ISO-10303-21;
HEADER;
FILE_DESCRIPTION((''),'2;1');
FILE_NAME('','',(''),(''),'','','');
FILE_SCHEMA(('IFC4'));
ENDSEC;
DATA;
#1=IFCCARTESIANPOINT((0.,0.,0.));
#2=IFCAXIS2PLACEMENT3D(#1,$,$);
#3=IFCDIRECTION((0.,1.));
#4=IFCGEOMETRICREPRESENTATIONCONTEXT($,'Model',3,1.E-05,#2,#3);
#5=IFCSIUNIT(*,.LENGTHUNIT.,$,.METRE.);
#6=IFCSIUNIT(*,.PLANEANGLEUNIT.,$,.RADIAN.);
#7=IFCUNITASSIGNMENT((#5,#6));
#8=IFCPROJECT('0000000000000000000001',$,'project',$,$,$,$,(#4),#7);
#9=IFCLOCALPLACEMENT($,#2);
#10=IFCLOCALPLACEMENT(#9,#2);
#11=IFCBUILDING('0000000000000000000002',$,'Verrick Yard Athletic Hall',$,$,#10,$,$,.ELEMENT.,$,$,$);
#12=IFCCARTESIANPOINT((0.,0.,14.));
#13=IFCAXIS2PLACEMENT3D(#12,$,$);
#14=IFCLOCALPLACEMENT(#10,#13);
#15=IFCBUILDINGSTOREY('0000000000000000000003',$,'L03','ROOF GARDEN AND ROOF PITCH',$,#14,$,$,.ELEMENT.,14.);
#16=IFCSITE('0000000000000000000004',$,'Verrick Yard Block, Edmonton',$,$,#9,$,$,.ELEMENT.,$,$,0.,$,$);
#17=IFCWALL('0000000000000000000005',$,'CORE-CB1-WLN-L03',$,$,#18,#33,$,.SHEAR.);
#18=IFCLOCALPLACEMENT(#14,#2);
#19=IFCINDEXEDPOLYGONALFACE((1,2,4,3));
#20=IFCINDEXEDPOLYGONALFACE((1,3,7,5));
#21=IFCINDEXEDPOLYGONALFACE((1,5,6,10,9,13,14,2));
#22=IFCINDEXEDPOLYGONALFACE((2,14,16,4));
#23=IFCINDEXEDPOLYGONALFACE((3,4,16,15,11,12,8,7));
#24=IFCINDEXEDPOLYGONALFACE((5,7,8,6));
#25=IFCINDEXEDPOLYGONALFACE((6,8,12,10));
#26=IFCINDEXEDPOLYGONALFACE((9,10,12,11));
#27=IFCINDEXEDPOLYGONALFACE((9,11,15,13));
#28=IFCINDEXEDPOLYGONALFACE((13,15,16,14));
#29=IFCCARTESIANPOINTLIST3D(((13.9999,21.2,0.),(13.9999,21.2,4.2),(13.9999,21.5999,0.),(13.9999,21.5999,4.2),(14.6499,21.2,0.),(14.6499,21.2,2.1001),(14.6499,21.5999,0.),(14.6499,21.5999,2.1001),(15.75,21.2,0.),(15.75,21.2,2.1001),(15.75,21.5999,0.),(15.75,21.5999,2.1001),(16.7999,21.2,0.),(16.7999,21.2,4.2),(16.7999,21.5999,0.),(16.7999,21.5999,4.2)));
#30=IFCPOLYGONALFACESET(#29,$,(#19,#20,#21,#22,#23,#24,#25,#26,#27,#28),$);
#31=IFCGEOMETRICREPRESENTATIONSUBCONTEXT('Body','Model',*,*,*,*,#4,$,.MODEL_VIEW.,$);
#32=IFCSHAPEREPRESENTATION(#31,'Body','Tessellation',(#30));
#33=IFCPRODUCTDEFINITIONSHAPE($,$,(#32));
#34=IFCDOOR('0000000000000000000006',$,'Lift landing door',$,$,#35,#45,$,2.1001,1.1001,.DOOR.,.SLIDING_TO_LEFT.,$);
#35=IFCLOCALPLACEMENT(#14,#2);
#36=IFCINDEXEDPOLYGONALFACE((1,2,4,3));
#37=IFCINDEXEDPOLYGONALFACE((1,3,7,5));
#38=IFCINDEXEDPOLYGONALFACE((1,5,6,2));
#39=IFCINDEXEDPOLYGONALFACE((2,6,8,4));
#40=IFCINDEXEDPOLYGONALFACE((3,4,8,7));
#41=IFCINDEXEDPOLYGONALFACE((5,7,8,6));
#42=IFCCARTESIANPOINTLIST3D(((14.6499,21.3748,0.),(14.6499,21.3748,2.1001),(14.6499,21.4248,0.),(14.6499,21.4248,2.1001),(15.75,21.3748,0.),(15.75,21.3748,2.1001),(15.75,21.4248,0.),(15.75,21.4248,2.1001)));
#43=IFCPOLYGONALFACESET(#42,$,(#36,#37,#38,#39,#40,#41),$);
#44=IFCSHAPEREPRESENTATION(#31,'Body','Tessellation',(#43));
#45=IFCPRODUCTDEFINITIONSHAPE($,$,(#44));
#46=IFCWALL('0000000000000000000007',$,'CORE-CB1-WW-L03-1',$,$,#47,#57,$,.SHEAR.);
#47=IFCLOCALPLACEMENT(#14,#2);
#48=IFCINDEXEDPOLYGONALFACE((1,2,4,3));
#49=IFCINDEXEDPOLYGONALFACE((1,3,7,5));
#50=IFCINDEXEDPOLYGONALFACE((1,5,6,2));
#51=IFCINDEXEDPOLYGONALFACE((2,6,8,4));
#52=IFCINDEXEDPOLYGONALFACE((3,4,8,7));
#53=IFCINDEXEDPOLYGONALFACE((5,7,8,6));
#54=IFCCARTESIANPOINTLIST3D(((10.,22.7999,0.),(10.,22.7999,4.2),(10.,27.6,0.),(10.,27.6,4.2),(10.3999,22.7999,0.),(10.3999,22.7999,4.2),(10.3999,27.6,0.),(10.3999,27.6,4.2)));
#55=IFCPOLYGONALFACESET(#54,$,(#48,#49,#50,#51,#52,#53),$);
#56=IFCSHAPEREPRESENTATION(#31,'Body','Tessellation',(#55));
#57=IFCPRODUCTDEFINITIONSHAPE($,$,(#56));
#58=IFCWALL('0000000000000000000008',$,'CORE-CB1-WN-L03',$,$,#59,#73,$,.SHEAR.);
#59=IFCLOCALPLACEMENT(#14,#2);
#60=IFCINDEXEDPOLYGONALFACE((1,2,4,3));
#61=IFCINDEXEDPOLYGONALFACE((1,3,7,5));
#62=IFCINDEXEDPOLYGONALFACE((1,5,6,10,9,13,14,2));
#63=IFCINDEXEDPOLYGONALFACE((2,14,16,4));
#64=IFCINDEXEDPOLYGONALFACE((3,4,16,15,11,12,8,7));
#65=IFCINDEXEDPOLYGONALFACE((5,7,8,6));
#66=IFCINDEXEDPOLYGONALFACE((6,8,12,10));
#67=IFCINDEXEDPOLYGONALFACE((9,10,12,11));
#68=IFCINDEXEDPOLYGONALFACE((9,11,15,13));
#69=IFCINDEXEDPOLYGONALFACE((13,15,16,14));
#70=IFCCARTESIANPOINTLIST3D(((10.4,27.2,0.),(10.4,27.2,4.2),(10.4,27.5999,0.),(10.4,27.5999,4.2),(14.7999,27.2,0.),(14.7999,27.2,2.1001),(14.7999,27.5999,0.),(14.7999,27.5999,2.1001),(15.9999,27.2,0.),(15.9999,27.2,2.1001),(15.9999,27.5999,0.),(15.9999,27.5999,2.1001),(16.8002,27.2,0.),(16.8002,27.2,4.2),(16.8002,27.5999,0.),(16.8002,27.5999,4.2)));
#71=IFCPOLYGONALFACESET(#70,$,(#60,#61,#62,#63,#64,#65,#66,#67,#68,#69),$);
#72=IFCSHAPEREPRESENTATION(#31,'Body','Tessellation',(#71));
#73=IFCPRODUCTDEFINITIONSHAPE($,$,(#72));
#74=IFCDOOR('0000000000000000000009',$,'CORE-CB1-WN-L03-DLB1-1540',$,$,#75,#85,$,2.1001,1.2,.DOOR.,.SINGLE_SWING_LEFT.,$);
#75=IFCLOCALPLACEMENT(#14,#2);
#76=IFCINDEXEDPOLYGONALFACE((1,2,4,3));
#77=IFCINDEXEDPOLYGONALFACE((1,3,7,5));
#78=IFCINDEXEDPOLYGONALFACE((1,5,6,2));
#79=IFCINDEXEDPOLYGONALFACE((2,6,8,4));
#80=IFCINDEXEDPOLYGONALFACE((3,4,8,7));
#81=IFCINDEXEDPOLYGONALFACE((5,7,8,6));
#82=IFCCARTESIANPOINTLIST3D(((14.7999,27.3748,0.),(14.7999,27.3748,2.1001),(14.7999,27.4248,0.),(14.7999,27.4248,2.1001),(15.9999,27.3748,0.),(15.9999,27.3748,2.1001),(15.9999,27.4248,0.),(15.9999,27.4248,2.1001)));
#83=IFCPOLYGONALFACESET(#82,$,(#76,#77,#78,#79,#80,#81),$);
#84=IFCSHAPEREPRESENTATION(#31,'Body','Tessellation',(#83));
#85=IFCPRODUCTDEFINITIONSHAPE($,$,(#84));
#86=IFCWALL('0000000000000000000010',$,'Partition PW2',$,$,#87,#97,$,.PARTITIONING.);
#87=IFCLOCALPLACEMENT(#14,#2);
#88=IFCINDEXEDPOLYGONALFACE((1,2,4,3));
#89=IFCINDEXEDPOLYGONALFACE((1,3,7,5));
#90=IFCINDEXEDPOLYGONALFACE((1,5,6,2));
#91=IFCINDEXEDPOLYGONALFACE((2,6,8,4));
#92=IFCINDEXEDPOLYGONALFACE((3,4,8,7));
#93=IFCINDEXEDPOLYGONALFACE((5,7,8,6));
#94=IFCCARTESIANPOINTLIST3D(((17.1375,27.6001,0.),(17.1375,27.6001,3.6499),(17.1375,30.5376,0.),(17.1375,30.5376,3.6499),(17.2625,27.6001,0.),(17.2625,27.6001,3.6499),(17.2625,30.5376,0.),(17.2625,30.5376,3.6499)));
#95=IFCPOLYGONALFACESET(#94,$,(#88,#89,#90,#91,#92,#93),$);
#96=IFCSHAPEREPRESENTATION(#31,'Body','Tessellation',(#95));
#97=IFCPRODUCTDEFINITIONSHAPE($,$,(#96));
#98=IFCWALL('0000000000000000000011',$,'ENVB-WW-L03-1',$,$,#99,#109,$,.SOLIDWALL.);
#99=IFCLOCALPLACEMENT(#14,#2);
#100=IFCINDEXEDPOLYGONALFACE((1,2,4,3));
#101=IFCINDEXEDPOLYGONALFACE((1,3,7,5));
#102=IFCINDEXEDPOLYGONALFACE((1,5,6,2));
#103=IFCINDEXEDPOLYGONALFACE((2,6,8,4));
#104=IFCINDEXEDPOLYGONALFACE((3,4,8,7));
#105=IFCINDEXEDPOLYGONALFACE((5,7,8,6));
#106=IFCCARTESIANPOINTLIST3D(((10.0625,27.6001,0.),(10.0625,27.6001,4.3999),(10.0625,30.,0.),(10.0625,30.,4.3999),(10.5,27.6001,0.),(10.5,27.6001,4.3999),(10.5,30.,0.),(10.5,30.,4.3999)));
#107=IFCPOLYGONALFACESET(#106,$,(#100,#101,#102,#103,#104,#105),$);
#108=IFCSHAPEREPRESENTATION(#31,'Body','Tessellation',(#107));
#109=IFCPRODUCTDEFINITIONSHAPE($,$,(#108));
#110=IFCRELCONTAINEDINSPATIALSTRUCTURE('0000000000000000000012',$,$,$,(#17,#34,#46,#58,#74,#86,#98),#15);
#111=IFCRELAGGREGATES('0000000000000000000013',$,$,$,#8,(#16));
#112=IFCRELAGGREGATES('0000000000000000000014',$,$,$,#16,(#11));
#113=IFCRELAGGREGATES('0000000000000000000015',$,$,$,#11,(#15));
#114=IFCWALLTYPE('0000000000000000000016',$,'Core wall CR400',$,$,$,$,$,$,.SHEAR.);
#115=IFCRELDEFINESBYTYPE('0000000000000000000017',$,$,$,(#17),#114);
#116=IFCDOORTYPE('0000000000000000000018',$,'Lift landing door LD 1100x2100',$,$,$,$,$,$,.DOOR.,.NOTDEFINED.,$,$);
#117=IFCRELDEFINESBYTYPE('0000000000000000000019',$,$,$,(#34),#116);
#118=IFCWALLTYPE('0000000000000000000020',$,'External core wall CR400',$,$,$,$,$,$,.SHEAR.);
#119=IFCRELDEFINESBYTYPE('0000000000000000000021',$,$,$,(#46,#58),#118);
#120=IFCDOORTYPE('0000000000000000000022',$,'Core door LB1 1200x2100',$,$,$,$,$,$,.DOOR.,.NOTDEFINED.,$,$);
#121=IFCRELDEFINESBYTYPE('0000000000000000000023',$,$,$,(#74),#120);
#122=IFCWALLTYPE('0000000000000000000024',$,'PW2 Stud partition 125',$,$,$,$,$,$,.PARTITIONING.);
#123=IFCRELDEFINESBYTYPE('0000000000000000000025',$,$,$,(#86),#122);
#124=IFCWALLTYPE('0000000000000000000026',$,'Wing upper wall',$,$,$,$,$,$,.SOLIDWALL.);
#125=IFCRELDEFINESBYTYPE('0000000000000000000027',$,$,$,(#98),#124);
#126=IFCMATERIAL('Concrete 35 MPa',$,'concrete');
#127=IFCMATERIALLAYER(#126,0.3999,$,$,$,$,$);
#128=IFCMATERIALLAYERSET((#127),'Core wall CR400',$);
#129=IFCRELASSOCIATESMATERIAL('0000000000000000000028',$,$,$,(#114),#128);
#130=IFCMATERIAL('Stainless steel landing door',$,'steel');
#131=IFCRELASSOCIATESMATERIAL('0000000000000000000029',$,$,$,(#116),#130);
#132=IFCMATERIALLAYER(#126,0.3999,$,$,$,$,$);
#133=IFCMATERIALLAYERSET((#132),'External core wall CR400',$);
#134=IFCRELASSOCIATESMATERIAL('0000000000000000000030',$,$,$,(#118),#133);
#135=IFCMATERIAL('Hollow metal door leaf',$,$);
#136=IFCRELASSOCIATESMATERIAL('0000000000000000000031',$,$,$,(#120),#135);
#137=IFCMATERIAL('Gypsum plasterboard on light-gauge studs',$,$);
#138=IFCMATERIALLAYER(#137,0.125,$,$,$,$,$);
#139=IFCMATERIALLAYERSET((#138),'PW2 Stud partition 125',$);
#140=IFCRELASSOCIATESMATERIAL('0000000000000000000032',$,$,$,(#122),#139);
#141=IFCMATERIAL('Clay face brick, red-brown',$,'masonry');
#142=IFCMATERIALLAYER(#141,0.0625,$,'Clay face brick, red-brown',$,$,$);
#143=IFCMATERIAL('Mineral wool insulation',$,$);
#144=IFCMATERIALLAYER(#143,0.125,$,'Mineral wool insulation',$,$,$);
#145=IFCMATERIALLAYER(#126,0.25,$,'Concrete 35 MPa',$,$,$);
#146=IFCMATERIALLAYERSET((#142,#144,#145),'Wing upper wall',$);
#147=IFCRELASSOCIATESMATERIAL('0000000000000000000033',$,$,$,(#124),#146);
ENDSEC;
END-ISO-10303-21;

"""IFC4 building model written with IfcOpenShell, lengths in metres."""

from ifc_helpers import new_model, si_unit, direction, frame, frame_2d, origin, place, context, subcontext, project, spatial, rectangle, extrude, material, layer, layer_set, type_object, element, fill, save


model = new_model("IFC4")

# Units and contexts
model_context = context("Model", 3, precision=1e-05, world=origin(), true_north=direction((0.0, 1.0)))
body_context = subcontext(model_context, "Body", "Model", "MODEL_VIEW")
ifc_project = project(units=[si_unit("LENGTHUNIT", "METRE"), si_unit("PLANEANGLEUNIT", "RADIAN")], contexts=[model_context])

# Site, building, storey
site_placement = place(None, origin())
site = spatial("IfcSite", under=ifc_project, at=site_placement, Name="Verrick Yard Block, Edmonton", CompositionType="ELEMENT", RefElevation=0.0)
building_placement = place(site_placement, origin())
building = spatial("IfcBuilding", under=site, at=building_placement, Name="Verrick Yard Athletic Hall", CompositionType="ELEMENT")
storey_placement = place(building_placement, frame((0.0, 0.0, 14.0)))
storey = spatial("IfcBuildingStorey", under=building, at=storey_placement, Name="L03", Description="ROOF GARDEN AND ROOF PITCH", CompositionType="ELEMENT", Elevation=14.0)

# Shared definitions
ifc_material_1 = material(Name="Concrete 35 MPa", Category="concrete")
ifc_layer_1 = layer(ifc_material_1, 0.3999)
ifc_layer_set_1 = layer_set([ifc_layer_1], Name="Core wall CR400")
wall_type_1 = type_object("IfcWallType", Name="Core wall CR400", PredefinedType="SHEAR", material=ifc_layer_set_1)

# Wall, opening, door
wall_1_placement = place(storey_placement, frame((14.0, 21.3999, 0.0), z_axis=(0.0, 0.0, 1.0), x_axis=(1.0, 0.0, 0.0)))
wall_1 = element("IfcWall", 1, at=wall_1_placement, inside=storey, type_object=wall_type_1, Name="CORE-CB1-WLN-L03", PredefinedType="SHEAR", context=body_context, shape_type="SweptSolid", body=[
    extrude(rectangle(XDim=2.8, YDim=0.3999, at=frame_2d((1.3999, 0.0))), origin(), (0.0, 0.0, 1.0), 4.2),
])
opening_1_placement = place(wall_1_placement, frame((0.6499, 0.0, 0.0)))
opening_1 = element("IfcOpeningElement", 2, at=opening_1_placement, cuts=wall_1, PredefinedType="OPENING", context=body_context, shape_type="SweptSolid", body=[
    extrude(rectangle(XDim=1.1001, YDim=2.1001, at=frame_2d((0.55, 1.05))), frame((0.0, 0.21, 0.0), z_axis=(0.0, -1.0, 0.0), x_axis=(1.0, 0.0, 0.0)), (0.0, 0.0, 1.0), 0.4199),
])
ifc_material_2 = material(Name="Stainless steel landing door", Category="steel")
door_type_1 = type_object("IfcDoorType", Name="Lift landing door LD 1100x2100", OperationType="NOTDEFINED", PredefinedType="DOOR", material=ifc_material_2)
door_1_placement = place(opening_1_placement, origin())
door_1 = element("IfcDoor", 3, at=door_1_placement, inside=storey, type_object=door_type_1, Name="Lift landing door", OperationType="SLIDING_TO_LEFT", OverallHeight=2.1001, OverallWidth=1.1001, PredefinedType="DOOR", context=body_context, shape_type="SweptSolid", body=[
    extrude(rectangle(XDim=1.1001, YDim=2.1001, at=frame_2d((0.55, 1.05))), frame((0.0, 0.0249, 0.0), z_axis=(0.0, -1.0, 0.0), x_axis=(1.0, 0.0, 0.0)), (0.0, 0.0, 1.0), 0.05),
])
fill(opening_1, door_1)

# Wall
ifc_layer_2 = layer(ifc_material_1, 0.3999)
ifc_layer_set_2 = layer_set([ifc_layer_2], Name="External core wall CR400")
wall_type_2 = type_object("IfcWallType", Name="External core wall CR400", PredefinedType="SHEAR", material=ifc_layer_set_2)
wall_2_placement = place(storey_placement, frame((10.2, 22.8, 0.0), z_axis=(0.0, 0.0, 1.0), x_axis=(0.0, 1.0, 0.0)))
element("IfcWall", 4, at=wall_2_placement, inside=storey, type_object=wall_type_2, Name="CORE-CB1-WW-L03-1", PredefinedType="SHEAR", context=body_context, shape_type="SweptSolid", body=[
    extrude(rectangle(XDim=4.8, YDim=0.3999, at=frame_2d((2.3999, 0.0))), origin(), (0.0, 0.0, 1.0), 4.2),
])

# Wall, opening, door
wall_3_placement = place(storey_placement, frame((10.3999, 27.3999, 0.0), z_axis=(0.0, 0.0, 1.0), x_axis=(1.0, 0.0, 0.0)))
wall_3 = element("IfcWall", 5, at=wall_3_placement, inside=storey, type_object=wall_type_2, Name="CORE-CB1-WN-L03", PredefinedType="SHEAR", context=body_context, shape_type="SweptSolid", body=[
    extrude(rectangle(XDim=6.4001, YDim=0.3999, at=frame_2d((3.2002, 0.0))), origin(), (0.0, 0.0, 1.0), 4.2),
])
opening_2_placement = place(wall_3_placement, frame((4.3999, 0.0, 0.0)))
opening_2 = element("IfcOpeningElement", 6, at=opening_2_placement, cuts=wall_3, PredefinedType="OPENING", context=body_context, shape_type="SweptSolid", body=[
    extrude(rectangle(XDim=1.2, YDim=2.1001, at=frame_2d((0.6001, 1.05))), frame((0.0, 0.21, 0.0), z_axis=(0.0, -1.0, 0.0), x_axis=(1.0, 0.0, 0.0)), (0.0, 0.0, 1.0), 0.4199),
])
ifc_material_3 = material(Name="Hollow metal door leaf")
door_type_2 = type_object("IfcDoorType", Name="Core door LB1 1200x2100", OperationType="NOTDEFINED", PredefinedType="DOOR", material=ifc_material_3)
door_2_placement = place(opening_2_placement, origin())
door_2 = element("IfcDoor", 7, at=door_2_placement, inside=storey, type_object=door_type_2, Name="CORE-CB1-WN-L03-DLB1-1540", OperationType="SINGLE_SWING_LEFT", OverallHeight=2.1001, OverallWidth=1.2, PredefinedType="DOOR", context=body_context, shape_type="SweptSolid", body=[
    extrude(rectangle(XDim=1.2, YDim=2.1001, at=frame_2d((0.6001, 1.05))), frame((0.0, 0.0249, 0.0), z_axis=(0.0, -1.0, 0.0), x_axis=(1.0, 0.0, 0.0)), (0.0, 0.0, 1.0), 0.05),
])
fill(opening_2, door_2)

# Walls
ifc_material_4 = material(Name="Gypsum plasterboard on light-gauge studs")
ifc_layer_3 = layer(ifc_material_4, 0.125)
ifc_layer_set_3 = layer_set([ifc_layer_3], Name="PW2 Stud partition 125")
wall_type_3 = type_object("IfcWallType", Name="PW2 Stud partition 125", PredefinedType="PARTITIONING", material=ifc_layer_set_3)
wall_4_placement = place(storey_placement, frame((17.2, 27.6001, 0.0), z_axis=(0.0, 0.0, 1.0), x_axis=(0.0, 1.0, 0.0)))
element("IfcWall", 8, at=wall_4_placement, inside=storey, type_object=wall_type_3, Name="Partition PW2", PredefinedType="PARTITIONING", context=body_context, shape_type="SweptSolid", body=[
    extrude(rectangle(XDim=2.9375, YDim=0.125, at=frame_2d((1.4688, 0.0))), origin(), (0.0, 0.0, 1.0), 3.6499),
])
ifc_material_5 = material(Name="Clay face brick, red-brown", Category="masonry")
ifc_layer_4 = layer(ifc_material_5, 0.0625, Name="Clay face brick, red-brown")
ifc_material_6 = material(Name="Mineral wool insulation")
ifc_layer_5 = layer(ifc_material_6, 0.125, Name="Mineral wool insulation")
ifc_layer_6 = layer(ifc_material_1, 0.25, Name="Concrete 35 MPa")
ifc_layer_set_4 = layer_set([ifc_layer_4, ifc_layer_5, ifc_layer_6], Name="Wing upper wall")
wall_type_4 = type_object("IfcWallType", Name="Wing upper wall", PredefinedType="SOLIDWALL", material=ifc_layer_set_4)
wall_5_placement = place(storey_placement, frame((10.2812, 27.6001, 0.0), z_axis=(0.0, 0.0, 1.0), x_axis=(0.0, 1.0, 0.0)))
element("IfcWall", 9, at=wall_5_placement, inside=storey, type_object=wall_type_4, Name="ENVB-WW-L03-1", PredefinedType="SOLIDWALL", context=body_context, shape_type="SweptSolid", body=[
    extrude(rectangle(XDim=2.3999, YDim=0.4375, at=frame_2d((1.2, 0.0))), origin(), (0.0, 0.0, 1.0), 4.3999),
])

save(model, "model.ifc")
